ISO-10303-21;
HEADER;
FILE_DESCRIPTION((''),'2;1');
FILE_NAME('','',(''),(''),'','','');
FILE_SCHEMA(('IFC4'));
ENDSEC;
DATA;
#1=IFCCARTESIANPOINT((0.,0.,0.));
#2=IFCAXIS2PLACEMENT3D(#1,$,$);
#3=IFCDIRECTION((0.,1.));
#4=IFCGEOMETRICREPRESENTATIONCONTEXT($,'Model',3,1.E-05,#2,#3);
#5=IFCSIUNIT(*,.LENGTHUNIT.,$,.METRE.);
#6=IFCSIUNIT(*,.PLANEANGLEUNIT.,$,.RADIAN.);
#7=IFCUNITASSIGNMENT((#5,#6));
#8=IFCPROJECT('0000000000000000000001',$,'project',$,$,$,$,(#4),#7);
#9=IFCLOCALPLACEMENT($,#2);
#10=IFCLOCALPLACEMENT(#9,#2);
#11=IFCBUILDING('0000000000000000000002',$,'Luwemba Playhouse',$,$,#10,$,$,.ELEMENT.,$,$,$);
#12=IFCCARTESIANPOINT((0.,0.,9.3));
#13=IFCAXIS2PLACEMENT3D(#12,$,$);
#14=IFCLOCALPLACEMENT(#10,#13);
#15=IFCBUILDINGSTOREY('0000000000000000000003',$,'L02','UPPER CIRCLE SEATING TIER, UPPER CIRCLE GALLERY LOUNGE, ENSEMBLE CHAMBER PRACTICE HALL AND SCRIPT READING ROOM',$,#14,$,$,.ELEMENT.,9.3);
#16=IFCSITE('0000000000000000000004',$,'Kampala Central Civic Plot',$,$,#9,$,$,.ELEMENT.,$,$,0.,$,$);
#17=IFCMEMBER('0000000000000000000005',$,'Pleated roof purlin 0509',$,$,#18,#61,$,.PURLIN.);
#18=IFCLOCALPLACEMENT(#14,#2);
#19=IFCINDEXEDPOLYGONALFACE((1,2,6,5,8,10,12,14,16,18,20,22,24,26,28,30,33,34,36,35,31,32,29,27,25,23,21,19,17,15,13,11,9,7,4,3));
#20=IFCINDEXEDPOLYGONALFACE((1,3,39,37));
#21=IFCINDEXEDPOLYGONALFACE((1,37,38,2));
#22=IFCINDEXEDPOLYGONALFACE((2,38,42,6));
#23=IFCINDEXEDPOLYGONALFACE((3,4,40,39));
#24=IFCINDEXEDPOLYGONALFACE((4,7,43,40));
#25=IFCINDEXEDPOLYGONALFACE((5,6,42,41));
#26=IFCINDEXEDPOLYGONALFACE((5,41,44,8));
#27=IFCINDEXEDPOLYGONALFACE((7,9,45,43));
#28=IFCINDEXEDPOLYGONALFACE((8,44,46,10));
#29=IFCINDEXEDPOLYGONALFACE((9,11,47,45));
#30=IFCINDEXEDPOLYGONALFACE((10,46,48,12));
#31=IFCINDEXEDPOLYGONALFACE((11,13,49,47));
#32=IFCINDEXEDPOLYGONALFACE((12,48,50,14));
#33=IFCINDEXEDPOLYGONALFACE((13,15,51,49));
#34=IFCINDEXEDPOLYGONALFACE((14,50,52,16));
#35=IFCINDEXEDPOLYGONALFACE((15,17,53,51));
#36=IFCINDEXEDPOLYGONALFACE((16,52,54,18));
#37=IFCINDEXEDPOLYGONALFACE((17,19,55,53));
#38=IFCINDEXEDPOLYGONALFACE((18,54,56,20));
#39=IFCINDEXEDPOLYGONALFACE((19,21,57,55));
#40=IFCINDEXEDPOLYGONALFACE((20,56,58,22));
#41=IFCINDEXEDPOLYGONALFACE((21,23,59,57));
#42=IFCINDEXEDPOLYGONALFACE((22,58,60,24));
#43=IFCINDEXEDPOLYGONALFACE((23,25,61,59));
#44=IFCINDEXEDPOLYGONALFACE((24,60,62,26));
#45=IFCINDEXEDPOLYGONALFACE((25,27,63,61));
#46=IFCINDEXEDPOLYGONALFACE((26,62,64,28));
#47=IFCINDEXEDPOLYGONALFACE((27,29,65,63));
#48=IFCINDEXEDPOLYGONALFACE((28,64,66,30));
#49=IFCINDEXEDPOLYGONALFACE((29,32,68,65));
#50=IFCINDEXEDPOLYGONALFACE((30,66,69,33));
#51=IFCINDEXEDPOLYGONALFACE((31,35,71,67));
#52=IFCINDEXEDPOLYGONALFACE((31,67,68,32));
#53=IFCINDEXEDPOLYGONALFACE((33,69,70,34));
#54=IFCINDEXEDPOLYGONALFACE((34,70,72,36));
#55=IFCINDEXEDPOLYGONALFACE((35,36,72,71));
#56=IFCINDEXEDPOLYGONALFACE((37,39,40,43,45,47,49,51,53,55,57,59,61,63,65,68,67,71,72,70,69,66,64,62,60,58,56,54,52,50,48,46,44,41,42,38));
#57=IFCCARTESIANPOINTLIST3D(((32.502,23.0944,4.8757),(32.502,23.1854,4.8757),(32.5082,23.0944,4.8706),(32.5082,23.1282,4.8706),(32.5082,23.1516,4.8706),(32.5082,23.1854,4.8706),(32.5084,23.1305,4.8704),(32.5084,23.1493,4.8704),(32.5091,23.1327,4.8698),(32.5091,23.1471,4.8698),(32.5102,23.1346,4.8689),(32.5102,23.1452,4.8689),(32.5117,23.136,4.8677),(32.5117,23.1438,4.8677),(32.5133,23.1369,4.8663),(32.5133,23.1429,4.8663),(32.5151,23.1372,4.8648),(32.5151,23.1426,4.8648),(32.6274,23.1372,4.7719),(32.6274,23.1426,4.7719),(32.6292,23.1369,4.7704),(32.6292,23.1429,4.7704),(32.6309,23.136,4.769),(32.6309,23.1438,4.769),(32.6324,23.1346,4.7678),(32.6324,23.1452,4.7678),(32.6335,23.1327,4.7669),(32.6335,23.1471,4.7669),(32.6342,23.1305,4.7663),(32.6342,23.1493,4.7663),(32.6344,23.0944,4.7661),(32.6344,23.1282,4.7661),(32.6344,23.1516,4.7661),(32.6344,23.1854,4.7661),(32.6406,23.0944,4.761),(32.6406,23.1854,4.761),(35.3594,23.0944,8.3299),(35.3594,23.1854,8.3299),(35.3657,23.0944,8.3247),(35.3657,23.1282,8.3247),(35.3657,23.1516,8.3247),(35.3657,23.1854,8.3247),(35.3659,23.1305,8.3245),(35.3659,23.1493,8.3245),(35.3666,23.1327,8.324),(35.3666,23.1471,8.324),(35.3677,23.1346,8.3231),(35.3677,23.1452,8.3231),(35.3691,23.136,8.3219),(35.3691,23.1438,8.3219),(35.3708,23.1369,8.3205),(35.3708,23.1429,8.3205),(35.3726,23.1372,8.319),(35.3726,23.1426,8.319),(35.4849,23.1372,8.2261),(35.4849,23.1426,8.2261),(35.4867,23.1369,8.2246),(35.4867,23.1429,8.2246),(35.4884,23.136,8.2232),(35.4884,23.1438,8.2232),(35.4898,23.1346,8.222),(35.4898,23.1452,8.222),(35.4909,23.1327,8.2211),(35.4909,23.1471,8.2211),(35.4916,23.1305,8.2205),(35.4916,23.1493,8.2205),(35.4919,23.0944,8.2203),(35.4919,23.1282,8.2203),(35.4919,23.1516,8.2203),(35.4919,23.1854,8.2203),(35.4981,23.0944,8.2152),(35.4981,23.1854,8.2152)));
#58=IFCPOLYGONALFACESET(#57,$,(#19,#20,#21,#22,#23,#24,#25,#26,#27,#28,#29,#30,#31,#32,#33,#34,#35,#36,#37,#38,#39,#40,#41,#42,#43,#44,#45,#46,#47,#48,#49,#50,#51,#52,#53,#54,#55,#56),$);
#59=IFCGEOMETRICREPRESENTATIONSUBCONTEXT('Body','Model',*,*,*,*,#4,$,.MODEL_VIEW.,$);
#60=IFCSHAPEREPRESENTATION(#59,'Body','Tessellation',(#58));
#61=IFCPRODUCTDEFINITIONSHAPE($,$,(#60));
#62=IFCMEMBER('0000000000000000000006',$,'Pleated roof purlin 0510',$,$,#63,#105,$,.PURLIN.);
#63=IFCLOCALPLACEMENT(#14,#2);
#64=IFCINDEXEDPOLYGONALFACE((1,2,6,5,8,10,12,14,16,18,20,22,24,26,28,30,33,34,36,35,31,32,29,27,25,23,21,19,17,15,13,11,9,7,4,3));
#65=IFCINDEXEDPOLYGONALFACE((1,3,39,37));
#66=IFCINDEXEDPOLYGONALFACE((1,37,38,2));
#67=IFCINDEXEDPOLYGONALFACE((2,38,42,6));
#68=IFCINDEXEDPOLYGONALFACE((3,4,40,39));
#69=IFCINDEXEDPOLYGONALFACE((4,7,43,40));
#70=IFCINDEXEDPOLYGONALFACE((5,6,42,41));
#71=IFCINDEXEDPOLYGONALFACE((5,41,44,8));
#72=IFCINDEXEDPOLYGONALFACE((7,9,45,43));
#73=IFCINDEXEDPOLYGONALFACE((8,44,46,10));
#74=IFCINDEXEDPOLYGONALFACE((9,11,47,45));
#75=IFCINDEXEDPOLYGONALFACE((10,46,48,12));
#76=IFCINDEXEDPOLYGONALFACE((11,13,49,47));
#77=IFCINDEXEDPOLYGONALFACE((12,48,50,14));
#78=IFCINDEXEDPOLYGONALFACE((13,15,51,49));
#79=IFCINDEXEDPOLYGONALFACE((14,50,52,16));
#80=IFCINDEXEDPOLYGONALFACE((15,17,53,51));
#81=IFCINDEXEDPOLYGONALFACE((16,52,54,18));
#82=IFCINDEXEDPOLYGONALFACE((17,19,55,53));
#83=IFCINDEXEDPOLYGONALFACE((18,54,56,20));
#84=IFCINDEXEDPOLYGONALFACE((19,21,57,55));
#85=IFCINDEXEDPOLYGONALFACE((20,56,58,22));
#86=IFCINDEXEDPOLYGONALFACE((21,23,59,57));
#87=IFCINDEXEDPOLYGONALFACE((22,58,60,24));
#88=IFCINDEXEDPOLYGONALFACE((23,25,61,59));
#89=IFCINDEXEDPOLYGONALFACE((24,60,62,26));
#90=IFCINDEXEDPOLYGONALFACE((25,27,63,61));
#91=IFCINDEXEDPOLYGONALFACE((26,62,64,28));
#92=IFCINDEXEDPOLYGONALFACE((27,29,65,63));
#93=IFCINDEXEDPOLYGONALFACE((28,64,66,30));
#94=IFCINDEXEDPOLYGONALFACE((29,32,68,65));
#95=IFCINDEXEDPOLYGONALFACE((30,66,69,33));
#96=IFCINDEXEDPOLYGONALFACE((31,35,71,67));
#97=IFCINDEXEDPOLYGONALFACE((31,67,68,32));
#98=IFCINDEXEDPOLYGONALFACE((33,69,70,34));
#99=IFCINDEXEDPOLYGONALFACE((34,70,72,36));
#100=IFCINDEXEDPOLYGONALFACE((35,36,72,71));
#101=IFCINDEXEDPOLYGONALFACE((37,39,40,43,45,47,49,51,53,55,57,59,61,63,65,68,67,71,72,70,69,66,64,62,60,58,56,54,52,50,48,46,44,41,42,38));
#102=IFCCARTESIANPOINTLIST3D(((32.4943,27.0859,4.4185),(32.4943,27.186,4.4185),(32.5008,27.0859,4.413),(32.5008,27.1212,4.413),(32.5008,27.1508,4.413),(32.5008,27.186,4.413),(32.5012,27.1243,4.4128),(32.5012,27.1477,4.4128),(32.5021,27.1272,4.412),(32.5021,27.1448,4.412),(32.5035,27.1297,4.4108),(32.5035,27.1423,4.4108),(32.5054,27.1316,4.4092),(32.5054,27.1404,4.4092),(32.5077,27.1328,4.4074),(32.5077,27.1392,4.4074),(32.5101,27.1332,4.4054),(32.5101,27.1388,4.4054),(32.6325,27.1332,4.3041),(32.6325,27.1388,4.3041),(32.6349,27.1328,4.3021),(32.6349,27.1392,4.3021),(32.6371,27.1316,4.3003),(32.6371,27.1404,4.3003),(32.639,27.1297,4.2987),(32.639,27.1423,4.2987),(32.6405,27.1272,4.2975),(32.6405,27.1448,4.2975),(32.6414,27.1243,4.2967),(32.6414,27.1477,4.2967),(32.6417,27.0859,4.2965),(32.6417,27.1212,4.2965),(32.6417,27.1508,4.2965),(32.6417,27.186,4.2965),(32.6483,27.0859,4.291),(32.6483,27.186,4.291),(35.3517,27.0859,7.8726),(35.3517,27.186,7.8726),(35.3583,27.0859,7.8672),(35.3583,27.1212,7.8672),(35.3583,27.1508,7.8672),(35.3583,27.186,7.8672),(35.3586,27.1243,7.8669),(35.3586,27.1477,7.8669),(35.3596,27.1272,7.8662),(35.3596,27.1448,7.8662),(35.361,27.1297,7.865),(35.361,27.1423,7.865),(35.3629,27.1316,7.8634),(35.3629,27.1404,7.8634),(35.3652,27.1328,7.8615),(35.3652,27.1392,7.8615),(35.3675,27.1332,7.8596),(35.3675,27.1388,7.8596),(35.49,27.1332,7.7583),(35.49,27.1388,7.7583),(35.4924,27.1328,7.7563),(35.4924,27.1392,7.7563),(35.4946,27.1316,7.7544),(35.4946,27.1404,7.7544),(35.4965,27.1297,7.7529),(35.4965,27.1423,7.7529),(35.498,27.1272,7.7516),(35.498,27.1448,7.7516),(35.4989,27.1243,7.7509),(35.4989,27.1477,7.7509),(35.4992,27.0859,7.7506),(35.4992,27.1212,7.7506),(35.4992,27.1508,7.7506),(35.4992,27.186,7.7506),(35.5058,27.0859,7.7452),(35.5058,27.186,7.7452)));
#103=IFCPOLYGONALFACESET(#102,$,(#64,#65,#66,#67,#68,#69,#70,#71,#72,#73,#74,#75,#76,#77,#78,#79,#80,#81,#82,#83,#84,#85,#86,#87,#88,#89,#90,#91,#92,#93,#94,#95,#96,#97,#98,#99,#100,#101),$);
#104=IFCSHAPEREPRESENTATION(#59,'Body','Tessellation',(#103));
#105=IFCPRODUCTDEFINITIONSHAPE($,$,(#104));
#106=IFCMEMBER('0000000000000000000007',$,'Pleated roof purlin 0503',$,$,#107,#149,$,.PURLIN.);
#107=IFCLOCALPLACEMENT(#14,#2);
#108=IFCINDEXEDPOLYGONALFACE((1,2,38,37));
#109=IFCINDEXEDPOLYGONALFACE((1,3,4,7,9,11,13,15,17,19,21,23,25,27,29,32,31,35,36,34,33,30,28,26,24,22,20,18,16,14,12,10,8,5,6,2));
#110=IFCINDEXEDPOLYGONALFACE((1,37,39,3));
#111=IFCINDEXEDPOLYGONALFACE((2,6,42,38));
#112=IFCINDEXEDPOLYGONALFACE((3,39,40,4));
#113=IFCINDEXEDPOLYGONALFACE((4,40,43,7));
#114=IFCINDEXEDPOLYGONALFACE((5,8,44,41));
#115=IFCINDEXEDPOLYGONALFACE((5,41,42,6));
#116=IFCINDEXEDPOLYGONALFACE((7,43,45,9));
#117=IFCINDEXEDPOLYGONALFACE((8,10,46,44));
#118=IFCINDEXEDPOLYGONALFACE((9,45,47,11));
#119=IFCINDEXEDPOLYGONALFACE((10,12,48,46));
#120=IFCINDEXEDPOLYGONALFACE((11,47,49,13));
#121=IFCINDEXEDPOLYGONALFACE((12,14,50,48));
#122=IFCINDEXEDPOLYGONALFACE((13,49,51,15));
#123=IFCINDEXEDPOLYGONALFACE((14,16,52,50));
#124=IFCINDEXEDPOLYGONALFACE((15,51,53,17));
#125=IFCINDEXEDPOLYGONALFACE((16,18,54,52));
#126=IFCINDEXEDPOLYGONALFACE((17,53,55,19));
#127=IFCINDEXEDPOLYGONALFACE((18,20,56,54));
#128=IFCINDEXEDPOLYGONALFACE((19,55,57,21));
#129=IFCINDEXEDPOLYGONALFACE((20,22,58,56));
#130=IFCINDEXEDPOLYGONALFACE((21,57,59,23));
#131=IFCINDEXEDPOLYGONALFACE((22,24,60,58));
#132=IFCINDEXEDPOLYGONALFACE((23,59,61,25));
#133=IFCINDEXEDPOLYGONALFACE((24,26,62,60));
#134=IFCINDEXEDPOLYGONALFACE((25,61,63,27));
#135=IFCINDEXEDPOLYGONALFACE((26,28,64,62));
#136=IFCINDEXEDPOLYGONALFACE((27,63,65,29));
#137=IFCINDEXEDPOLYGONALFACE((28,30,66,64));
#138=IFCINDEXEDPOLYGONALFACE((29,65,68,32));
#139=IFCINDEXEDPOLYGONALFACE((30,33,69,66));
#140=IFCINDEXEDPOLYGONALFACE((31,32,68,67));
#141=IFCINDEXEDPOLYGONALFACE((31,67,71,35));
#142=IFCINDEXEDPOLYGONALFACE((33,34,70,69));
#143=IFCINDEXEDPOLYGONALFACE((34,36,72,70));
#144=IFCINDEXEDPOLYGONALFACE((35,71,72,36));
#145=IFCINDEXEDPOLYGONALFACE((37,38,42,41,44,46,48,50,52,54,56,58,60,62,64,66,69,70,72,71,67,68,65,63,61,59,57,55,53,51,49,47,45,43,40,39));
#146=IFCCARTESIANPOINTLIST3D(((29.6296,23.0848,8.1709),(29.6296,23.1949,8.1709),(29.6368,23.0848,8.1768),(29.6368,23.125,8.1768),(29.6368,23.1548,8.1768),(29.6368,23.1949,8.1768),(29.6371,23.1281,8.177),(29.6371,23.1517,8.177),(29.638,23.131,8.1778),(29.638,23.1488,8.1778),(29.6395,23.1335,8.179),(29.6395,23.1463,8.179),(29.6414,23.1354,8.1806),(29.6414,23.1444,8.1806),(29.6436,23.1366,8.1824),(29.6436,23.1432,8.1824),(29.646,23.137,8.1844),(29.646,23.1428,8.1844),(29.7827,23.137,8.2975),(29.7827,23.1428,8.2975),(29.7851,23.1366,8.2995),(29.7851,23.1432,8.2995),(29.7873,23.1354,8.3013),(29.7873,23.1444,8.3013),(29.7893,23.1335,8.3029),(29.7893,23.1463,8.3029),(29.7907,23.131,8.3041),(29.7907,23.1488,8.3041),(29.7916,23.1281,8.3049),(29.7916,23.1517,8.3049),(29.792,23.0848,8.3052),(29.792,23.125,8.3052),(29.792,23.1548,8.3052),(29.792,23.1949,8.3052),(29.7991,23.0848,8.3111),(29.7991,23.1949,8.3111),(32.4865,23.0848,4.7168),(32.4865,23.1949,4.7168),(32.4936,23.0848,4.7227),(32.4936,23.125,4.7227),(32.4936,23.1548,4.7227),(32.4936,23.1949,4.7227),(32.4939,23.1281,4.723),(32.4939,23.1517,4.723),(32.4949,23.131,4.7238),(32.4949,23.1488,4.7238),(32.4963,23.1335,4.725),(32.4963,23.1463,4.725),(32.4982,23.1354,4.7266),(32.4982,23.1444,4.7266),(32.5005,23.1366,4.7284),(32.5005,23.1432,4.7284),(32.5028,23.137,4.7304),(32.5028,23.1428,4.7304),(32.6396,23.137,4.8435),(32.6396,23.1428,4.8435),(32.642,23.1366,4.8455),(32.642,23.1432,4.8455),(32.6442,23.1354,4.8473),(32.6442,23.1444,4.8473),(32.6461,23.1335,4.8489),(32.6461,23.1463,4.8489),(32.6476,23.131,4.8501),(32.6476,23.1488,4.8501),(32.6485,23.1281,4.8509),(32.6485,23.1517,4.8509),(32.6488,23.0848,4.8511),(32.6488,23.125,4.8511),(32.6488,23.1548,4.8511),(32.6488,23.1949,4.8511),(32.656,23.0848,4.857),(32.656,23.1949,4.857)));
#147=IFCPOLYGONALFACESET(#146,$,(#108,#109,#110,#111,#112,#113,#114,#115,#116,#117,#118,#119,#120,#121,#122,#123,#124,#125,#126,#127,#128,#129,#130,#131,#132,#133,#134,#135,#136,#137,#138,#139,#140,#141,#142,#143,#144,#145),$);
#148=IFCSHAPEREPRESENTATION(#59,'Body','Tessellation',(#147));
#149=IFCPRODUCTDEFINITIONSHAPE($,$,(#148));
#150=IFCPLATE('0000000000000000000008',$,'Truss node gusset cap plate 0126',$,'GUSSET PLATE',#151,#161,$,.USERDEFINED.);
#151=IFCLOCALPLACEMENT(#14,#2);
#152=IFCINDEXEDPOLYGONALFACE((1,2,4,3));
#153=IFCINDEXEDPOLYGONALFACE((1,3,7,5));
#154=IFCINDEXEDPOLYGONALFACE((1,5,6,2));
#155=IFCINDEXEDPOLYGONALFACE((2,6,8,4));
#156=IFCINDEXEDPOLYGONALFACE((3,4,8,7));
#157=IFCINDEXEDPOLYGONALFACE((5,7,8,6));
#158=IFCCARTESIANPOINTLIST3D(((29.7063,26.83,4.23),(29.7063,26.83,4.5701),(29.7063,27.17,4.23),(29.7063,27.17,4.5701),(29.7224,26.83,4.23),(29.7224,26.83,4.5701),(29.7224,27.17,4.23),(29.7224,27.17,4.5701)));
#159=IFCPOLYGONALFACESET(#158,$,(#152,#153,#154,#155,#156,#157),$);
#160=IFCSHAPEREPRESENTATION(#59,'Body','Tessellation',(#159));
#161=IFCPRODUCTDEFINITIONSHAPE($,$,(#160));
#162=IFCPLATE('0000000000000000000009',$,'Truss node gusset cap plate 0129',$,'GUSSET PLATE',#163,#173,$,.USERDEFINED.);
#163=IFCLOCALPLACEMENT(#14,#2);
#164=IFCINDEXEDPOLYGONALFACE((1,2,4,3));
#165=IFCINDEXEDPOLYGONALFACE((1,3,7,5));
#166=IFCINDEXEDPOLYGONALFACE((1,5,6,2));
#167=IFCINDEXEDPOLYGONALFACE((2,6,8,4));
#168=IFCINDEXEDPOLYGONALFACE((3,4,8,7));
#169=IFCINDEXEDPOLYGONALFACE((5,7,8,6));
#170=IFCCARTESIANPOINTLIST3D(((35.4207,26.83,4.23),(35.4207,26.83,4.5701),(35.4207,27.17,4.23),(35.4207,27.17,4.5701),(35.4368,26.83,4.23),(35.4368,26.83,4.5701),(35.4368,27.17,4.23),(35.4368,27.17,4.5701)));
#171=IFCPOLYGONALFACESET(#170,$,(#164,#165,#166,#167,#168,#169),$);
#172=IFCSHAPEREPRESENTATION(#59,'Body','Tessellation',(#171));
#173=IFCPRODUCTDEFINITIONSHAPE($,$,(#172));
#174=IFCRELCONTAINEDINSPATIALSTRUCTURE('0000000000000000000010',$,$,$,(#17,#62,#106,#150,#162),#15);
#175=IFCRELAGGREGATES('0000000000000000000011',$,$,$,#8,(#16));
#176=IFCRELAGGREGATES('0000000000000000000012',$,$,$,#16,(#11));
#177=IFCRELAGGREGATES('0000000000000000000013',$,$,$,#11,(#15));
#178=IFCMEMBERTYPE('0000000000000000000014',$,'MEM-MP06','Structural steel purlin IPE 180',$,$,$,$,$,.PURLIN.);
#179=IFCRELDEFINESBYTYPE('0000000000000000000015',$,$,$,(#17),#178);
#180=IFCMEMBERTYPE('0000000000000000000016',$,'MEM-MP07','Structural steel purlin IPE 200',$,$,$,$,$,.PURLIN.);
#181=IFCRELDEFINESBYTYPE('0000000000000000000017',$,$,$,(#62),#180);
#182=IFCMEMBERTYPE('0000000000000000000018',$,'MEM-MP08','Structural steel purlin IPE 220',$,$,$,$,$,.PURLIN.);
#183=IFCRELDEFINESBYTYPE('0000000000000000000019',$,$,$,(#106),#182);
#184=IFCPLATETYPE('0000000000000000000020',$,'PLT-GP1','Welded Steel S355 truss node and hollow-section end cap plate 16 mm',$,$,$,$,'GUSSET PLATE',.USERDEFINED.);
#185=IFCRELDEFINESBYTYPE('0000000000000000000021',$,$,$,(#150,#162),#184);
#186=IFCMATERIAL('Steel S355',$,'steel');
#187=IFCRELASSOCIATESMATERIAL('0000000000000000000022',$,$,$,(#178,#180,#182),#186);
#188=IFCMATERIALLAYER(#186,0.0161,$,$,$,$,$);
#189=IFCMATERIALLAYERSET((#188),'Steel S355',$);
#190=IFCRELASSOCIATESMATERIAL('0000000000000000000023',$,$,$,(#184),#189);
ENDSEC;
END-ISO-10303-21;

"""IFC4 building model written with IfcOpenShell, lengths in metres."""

from ifc_helpers import new_model, si_unit, direction, frame, origin, origin_2d, place, context, subcontext, project, spatial, rectangle, i_section, extrude, material, layer, layer_set, material_profile, profile_set, type_object, element, save


model = new_model("IFC4")

# Units and contexts
model_context = context("Model", 3, precision=1e-05, world=origin(), true_north=direction((0.0, 1.0)))
body_context = subcontext(model_context, "Body", "Model", "MODEL_VIEW")
ifc_project = project(units=[si_unit("LENGTHUNIT", "METRE"), si_unit("PLANEANGLEUNIT", "RADIAN")], contexts=[model_context])

# Site, building, storey
site_placement = place(None, origin())
site = spatial("IfcSite", under=ifc_project, at=site_placement, Name="Kampala Central Civic Plot", CompositionType="ELEMENT", RefElevation=0.0)
building_placement = place(site_placement, origin())
building = spatial("IfcBuilding", under=site, at=building_placement, Name="Luwemba Playhouse", CompositionType="ELEMENT")
storey_placement = place(building_placement, frame((0.0, 0.0, 9.3)))
storey = spatial("IfcBuildingStorey", under=building, at=storey_placement, Name="L02", Description="UPPER CIRCLE SEATING TIER, UPPER CIRCLE GALLERY LOUNGE, ENSEMBLE CHAMBER PRACTICE HALL AND SCRIPT READING ROOM", CompositionType="ELEMENT", Elevation=9.3)

# Shared definitions
ifc_material_1 = material(Name="Steel S355", Category="steel")

# Members
ifc_material_profile_1 = material_profile(ifc_material_1, i_section(OverallWidth=0.0911, OverallDepth=0.1799, WebThickness=0.0054, FlangeThickness=0.0081, FilletRadius=0.009, at=origin_2d()))
ifc_profile_set_1 = profile_set([ifc_material_profile_1], Name="Steel S355")
member_type_1 = type_object("IfcMemberType", Name="MEM-MP06", Description="Structural steel purlin IPE 180", PredefinedType="PURLIN", material=ifc_profile_set_1)
member_1_placement = place(storey_placement, frame((32.5713, 23.1399, 4.8184), z_axis=(0.637416, 0.0, 0.77052), x_axis=(0.0, 1.0, 0.0)))
element("IfcMember", 1, at=member_1_placement, inside=storey, type_object=member_type_1, Name="Pleated roof purlin 0509", PredefinedType="PURLIN", context=body_context, shape_type="SweptSolid", body=[
    extrude(i_section(OverallWidth=0.0911, OverallDepth=0.1799, WebThickness=0.0054, FlangeThickness=0.0081, FilletRadius=0.009, at=origin_2d()), origin(), (0.0, 0.0, 1.0), 4.4829),
])
ifc_material_profile_2 = material_profile(ifc_material_1, i_section(OverallWidth=0.1001, OverallDepth=0.2, WebThickness=0.0056, FlangeThickness=0.0085, FilletRadius=0.012, at=origin_2d()))
ifc_profile_set_2 = profile_set([ifc_material_profile_2], Name="Steel S355")
member_type_2 = type_object("IfcMemberType", Name="MEM-MP07", Description="Structural steel purlin IPE 200", PredefinedType="PURLIN", material=ifc_profile_set_2)
member_2_placement = place(storey_placement, frame((32.5713, 27.136, 4.3547), z_axis=(0.637416, 0.0, 0.77052), x_axis=(0.0, 1.0, 0.0)))
element("IfcMember", 2, at=member_2_placement, inside=storey, type_object=member_type_2, Name="Pleated roof purlin 0510", PredefinedType="PURLIN", context=body_context, shape_type="SweptSolid", body=[
    extrude(i_section(OverallWidth=0.1001, OverallDepth=0.2, WebThickness=0.0056, FlangeThickness=0.0085, FilletRadius=0.012, at=origin_2d()), origin(), (0.0, 0.0, 1.0), 4.4829),
])
ifc_material_profile_3 = material_profile(ifc_material_1, i_section(OverallWidth=0.1101, OverallDepth=0.22, WebThickness=0.0059, FlangeThickness=0.0093, FilletRadius=0.012, at=origin_2d()))
ifc_profile_set_3 = profile_set([ifc_material_profile_3], Name="Steel S355")
member_type_3 = type_object("IfcMemberType", Name="MEM-MP08", Description="Structural steel purlin IPE 220", PredefinedType="PURLIN", material=ifc_profile_set_3)
member_3_placement = place(storey_placement, frame((29.7144, 23.1399, 8.241), z_axis=(0.637351, 0.0, -0.770573), x_axis=(0.0, 1.0, 0.0)))
element("IfcMember", 3, at=member_3_placement, inside=storey, type_object=member_type_3, Name="Pleated roof purlin 0503", PredefinedType="PURLIN", context=body_context, shape_type="SweptSolid", body=[
    extrude(i_section(OverallWidth=0.1101, OverallDepth=0.22, WebThickness=0.0059, FlangeThickness=0.0093, FilletRadius=0.012, at=origin_2d()), origin(), (0.0, 0.0, 1.0), 4.4824),
])

# Plates
ifc_layer_1 = layer(ifc_material_1, 0.0161)
ifc_layer_set_1 = layer_set([ifc_layer_1], Name="Steel S355")
plate_type = type_object("IfcPlateType", Name="PLT-GP1", Description="Welded Steel S355 truss node and hollow-section end cap plate 16 mm", ElementType="GUSSET PLATE", PredefinedType="USERDEFINED", material=ifc_layer_set_1)
for number, where, z_axis, x_axis, name in (
    (4, (29.7144, 27.0, 4.23), (0.0, 0.0, 1.0), (1.0, 0.0, 0.0), "Truss node gusset cap plate 0126"),
    (5, (35.4287, 27.0, 4.23), (0.0, 0.0, 1.0), (1.0, 0.0, 0.0), "Truss node gusset cap plate 0129"),
):
    element("IfcPlate", number, at=place(storey_placement, frame(where, z_axis=z_axis, x_axis=x_axis)), inside=storey, type_object=plate_type, Name=name, ObjectType="GUSSET PLATE", PredefinedType="USERDEFINED", context=body_context, shape_type="SweptSolid", body=[
        extrude(rectangle(XDim=0.0161, YDim=0.3401, at=origin_2d()), origin(), (0.0, 0.0, 1.0), 0.3401),
    ])

save(model, "model.ifc")
